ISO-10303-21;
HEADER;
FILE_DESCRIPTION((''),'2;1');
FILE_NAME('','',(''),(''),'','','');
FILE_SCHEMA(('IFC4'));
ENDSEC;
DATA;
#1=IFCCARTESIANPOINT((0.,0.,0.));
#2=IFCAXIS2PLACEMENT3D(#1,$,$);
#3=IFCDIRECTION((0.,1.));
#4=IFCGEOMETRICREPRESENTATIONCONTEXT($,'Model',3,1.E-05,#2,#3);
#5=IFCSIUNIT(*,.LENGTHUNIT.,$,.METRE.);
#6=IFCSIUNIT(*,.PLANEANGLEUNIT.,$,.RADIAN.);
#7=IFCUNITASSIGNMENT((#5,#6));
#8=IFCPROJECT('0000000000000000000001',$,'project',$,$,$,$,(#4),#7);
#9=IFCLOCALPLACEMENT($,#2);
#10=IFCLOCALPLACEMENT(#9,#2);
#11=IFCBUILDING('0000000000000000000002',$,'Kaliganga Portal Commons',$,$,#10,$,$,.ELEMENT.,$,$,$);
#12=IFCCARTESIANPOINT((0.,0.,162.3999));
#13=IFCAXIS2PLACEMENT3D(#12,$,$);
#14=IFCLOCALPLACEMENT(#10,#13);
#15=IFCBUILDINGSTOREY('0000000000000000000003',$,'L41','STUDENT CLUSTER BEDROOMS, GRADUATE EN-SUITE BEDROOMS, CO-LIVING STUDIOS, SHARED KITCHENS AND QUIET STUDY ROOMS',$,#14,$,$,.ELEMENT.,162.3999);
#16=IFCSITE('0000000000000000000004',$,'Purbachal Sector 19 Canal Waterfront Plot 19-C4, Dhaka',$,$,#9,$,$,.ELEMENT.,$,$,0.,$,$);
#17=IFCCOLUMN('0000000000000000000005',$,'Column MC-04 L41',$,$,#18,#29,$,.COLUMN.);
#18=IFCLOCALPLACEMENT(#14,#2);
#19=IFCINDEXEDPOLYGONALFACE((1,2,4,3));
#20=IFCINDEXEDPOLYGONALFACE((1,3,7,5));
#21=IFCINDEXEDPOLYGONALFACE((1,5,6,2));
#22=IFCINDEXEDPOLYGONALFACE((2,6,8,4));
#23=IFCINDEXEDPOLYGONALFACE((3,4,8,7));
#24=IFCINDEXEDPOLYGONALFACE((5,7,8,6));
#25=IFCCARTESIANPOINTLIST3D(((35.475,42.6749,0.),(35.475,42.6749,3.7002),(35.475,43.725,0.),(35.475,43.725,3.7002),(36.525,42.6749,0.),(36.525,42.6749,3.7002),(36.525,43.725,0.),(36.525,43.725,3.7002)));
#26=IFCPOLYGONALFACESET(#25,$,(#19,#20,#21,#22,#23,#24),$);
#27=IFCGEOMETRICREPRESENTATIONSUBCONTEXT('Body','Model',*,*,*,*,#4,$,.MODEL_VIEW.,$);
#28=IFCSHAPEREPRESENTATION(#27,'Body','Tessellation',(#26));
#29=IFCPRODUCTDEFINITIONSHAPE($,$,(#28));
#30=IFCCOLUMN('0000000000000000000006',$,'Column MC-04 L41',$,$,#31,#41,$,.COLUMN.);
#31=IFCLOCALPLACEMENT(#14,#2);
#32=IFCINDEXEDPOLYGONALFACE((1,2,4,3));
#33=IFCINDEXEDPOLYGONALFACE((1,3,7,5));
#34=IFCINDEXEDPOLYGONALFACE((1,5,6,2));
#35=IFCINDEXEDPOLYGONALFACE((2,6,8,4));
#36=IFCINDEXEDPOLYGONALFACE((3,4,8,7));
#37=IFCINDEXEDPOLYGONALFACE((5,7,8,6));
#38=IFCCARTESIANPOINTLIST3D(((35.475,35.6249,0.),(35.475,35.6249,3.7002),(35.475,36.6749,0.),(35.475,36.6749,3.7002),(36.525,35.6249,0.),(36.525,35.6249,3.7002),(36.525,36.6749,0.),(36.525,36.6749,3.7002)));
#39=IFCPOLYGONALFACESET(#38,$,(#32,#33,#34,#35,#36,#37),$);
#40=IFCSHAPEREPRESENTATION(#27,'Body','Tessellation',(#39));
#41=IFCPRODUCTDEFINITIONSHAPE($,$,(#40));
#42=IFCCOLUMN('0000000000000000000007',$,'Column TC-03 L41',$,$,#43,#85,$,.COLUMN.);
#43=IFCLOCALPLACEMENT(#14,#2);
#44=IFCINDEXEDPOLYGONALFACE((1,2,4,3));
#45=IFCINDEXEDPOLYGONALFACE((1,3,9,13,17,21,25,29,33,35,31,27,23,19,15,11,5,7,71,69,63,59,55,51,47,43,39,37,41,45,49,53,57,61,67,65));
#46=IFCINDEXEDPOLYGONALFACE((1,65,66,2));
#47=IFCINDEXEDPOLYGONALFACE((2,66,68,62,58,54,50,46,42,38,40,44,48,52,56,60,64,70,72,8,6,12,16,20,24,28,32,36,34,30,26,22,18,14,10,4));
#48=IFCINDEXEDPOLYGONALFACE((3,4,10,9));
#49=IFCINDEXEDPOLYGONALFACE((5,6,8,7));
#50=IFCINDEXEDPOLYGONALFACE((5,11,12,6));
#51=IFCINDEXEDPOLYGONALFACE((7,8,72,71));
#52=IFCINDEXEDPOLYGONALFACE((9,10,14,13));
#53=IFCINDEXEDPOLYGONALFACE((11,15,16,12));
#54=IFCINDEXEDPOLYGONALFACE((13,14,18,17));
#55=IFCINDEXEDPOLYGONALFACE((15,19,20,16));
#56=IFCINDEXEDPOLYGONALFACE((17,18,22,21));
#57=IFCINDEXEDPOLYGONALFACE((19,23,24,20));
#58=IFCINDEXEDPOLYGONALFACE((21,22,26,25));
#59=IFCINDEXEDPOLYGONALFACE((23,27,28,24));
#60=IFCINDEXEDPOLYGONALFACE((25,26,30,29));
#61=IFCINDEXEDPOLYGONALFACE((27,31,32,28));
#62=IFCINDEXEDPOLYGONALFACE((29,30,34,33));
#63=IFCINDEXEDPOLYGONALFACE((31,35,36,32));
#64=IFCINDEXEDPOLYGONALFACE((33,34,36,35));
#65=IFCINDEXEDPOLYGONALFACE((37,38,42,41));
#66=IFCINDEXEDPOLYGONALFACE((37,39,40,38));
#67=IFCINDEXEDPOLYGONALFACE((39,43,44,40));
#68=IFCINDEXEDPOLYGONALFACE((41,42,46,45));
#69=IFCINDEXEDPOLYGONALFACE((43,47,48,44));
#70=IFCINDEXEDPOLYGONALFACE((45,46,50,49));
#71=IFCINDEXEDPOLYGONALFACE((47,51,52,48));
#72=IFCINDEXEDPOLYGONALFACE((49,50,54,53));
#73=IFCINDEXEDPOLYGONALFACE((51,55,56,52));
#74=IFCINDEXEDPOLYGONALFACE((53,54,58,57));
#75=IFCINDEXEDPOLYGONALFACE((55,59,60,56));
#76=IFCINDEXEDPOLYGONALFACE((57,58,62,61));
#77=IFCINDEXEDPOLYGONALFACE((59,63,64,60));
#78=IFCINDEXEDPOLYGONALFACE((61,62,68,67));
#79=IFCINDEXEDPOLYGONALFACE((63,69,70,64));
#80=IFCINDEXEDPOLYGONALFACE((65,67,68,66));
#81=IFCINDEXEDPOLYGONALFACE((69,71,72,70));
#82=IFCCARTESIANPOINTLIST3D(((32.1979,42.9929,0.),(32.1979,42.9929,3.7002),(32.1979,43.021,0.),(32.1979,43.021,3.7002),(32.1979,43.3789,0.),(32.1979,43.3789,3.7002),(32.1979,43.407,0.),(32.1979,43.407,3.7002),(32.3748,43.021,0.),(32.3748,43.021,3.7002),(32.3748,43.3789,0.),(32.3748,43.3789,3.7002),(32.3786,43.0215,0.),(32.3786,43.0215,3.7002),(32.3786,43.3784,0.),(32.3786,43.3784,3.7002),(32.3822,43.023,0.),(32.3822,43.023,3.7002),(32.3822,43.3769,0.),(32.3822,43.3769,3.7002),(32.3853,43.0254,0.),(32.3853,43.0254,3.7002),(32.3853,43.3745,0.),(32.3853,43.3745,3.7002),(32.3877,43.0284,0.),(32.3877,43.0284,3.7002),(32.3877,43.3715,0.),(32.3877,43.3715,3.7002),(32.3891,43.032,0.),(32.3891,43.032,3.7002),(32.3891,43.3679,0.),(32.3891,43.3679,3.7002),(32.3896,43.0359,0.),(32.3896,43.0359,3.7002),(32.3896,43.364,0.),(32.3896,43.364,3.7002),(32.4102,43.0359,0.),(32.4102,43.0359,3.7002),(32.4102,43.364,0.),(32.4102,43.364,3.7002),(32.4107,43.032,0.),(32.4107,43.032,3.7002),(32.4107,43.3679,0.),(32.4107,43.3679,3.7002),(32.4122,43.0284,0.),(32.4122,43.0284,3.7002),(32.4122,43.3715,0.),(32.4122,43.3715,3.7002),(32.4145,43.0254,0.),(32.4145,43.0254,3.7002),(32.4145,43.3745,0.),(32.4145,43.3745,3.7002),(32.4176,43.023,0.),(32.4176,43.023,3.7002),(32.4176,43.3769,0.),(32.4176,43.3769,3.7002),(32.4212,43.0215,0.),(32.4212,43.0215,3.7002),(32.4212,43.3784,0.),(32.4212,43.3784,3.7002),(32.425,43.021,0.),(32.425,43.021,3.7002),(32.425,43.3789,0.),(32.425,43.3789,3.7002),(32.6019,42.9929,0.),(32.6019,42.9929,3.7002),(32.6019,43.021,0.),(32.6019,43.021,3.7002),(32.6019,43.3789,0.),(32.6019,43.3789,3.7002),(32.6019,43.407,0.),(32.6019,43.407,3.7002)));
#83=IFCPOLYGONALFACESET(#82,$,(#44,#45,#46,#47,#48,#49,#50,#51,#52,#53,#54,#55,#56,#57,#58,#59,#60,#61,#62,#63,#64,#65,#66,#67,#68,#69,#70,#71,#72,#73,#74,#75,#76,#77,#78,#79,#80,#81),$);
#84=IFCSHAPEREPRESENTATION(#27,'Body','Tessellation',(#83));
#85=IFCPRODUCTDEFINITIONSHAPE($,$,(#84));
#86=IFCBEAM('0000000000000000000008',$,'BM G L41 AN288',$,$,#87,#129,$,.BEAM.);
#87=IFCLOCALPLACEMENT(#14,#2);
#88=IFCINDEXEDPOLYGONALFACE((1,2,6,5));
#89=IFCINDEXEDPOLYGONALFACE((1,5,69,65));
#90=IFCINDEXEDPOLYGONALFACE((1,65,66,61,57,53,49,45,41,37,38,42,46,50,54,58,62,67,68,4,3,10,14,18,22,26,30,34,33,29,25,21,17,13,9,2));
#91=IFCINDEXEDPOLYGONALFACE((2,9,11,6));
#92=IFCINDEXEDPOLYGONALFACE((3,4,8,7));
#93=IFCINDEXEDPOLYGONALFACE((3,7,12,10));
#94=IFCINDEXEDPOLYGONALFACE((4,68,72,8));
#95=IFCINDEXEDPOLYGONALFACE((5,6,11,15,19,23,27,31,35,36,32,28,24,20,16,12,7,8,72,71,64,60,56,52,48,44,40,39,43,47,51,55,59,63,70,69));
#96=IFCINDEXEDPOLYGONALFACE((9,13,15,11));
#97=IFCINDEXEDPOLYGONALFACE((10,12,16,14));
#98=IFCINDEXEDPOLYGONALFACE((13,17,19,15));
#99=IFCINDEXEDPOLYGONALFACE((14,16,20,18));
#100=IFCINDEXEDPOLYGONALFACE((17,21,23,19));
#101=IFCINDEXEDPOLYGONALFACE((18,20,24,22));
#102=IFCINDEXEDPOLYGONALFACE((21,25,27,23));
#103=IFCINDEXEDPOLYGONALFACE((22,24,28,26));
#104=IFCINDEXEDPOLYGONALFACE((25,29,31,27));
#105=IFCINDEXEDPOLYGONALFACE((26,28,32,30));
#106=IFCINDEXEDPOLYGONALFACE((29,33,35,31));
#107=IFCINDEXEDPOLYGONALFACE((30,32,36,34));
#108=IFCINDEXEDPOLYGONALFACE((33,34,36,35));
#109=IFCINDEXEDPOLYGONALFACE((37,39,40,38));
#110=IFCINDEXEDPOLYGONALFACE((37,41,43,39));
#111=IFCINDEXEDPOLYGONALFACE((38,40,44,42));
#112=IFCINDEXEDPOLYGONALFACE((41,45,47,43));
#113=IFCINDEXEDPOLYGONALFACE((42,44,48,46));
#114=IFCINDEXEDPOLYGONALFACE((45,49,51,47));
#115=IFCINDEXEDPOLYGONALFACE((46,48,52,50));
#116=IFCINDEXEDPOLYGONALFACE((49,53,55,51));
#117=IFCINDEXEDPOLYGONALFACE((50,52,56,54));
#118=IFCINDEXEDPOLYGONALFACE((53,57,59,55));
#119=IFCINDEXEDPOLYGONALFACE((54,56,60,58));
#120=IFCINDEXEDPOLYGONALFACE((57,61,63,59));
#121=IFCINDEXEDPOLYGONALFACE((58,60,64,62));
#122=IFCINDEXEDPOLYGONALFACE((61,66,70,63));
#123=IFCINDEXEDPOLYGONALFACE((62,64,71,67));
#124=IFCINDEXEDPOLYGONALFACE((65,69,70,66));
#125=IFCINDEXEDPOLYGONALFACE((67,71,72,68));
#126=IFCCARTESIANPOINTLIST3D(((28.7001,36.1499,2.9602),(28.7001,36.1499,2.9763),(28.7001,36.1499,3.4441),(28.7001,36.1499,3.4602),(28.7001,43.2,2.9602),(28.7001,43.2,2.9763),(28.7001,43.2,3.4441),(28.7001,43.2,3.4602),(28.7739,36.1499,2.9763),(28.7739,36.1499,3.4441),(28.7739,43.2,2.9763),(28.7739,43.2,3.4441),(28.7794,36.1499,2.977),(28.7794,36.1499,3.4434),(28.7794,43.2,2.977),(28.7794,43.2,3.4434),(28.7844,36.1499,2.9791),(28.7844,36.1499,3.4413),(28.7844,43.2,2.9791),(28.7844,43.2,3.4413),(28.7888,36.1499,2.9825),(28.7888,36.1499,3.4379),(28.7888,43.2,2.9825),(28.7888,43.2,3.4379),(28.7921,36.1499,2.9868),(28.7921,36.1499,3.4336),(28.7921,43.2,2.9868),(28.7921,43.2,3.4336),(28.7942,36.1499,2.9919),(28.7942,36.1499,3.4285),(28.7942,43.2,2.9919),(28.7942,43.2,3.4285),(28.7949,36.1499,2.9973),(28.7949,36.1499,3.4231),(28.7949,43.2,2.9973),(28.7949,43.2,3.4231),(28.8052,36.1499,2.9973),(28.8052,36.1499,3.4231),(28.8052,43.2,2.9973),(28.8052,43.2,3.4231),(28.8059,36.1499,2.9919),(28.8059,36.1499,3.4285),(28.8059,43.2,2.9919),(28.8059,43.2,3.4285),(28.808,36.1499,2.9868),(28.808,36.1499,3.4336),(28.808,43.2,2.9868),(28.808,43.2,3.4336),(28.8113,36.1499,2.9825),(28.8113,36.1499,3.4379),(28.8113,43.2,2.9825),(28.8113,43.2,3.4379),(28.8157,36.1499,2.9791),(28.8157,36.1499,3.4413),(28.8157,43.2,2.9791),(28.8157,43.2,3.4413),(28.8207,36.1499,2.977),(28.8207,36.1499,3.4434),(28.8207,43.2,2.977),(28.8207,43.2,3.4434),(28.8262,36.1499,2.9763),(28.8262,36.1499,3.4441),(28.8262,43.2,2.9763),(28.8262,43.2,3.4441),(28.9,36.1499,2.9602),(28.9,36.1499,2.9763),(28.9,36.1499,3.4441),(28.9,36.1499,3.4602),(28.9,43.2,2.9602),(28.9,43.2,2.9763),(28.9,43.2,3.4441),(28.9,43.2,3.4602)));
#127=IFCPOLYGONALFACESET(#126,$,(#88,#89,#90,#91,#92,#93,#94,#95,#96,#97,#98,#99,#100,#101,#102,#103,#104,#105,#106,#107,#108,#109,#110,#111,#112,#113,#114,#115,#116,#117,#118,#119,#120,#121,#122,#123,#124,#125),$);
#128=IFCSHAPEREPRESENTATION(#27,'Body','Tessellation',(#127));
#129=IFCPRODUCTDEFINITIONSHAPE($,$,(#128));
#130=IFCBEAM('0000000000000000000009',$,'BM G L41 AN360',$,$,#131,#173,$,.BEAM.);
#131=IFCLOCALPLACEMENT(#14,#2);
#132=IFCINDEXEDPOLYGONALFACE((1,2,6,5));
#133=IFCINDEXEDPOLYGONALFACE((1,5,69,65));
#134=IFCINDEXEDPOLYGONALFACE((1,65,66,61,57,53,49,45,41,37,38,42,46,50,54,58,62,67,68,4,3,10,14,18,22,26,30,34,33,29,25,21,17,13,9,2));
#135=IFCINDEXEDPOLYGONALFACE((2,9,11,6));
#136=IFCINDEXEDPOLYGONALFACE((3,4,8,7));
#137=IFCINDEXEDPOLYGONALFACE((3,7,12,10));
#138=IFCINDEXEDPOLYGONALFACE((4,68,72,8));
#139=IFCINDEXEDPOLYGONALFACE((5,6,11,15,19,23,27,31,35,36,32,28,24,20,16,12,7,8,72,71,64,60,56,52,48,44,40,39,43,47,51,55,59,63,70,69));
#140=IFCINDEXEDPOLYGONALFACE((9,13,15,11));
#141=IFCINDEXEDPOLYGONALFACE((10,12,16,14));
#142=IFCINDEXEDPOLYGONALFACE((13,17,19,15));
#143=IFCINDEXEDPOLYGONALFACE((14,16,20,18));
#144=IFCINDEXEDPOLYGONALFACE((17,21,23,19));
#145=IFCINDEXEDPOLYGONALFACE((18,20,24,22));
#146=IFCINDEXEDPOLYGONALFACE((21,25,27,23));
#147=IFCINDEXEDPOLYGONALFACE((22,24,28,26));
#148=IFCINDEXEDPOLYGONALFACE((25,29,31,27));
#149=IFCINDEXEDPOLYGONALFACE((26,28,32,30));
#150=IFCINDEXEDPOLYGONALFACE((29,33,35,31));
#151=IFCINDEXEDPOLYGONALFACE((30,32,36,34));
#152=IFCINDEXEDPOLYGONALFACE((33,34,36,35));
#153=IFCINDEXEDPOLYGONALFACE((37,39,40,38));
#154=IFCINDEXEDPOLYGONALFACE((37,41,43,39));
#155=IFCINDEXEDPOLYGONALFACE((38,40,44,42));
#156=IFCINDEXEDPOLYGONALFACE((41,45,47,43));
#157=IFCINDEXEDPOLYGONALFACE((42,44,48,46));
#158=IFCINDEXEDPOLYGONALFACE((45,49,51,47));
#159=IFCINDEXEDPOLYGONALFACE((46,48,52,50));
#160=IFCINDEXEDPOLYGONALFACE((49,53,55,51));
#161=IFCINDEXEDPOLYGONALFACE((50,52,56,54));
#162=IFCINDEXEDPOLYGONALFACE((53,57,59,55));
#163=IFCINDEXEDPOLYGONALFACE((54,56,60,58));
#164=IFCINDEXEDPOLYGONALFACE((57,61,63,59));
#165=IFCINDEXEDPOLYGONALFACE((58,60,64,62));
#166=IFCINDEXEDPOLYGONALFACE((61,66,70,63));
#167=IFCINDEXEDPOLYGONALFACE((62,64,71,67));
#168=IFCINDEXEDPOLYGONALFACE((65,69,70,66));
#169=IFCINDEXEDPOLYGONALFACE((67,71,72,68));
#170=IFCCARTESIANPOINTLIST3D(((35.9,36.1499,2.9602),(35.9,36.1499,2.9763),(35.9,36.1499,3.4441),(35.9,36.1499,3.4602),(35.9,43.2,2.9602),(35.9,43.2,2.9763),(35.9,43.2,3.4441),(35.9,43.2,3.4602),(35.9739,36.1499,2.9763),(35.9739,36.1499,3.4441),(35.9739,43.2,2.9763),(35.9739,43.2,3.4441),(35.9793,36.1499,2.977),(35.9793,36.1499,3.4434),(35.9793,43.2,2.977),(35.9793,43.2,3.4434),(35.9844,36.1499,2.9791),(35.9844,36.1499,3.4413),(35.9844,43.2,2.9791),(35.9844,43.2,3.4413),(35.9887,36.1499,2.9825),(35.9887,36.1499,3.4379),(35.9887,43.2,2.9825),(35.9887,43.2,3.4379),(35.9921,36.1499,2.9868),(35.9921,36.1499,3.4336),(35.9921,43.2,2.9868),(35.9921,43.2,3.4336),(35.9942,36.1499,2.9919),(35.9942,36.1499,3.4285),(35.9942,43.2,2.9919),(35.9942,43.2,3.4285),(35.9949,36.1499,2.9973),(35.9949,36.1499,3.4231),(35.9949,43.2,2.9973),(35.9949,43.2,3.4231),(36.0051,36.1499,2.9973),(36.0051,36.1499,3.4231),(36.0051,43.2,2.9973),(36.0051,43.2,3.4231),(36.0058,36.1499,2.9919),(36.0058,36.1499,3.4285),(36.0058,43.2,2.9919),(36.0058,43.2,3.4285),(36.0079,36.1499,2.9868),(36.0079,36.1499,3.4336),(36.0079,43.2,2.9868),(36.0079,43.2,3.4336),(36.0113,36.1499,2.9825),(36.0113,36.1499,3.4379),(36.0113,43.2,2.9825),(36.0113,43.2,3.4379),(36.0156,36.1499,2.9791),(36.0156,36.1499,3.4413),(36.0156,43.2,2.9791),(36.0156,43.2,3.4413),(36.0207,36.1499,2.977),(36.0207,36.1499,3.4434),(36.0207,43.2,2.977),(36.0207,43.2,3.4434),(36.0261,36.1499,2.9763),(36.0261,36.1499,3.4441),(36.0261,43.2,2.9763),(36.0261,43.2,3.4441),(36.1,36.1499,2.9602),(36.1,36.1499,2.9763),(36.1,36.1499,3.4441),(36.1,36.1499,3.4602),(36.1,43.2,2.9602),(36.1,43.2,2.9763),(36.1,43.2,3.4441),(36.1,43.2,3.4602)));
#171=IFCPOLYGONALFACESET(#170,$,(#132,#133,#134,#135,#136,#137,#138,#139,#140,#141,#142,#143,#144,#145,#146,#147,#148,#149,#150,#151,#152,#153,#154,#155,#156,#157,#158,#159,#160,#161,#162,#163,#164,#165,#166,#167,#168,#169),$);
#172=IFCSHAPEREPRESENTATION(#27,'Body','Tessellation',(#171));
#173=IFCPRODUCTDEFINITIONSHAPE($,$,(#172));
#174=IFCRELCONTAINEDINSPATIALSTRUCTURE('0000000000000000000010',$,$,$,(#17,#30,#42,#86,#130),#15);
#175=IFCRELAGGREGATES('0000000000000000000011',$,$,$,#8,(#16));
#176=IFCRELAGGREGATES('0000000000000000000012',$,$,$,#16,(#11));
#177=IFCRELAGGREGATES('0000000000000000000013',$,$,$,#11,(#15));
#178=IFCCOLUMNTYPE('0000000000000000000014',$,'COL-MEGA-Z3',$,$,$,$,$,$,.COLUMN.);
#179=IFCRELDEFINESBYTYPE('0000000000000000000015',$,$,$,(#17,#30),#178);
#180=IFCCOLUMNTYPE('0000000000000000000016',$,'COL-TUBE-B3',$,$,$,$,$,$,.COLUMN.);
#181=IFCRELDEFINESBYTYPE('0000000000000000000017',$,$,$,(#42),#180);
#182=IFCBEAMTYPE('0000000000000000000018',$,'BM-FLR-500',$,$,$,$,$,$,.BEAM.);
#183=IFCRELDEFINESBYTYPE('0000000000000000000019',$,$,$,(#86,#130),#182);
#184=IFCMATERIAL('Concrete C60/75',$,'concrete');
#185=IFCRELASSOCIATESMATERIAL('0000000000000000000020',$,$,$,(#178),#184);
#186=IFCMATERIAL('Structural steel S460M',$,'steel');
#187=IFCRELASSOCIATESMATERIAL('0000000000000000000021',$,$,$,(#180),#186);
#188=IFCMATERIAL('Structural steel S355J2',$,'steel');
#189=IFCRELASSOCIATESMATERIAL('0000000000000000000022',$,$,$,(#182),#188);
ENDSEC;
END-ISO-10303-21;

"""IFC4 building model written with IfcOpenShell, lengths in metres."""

from ifc_helpers import new_model, si_unit, direction, frame, origin, origin_2d, place, context, subcontext, project, spatial, rectangle, i_section, extrude, source, transform, mapped, material, material_profile, profile_set, type_object, element, save


model = new_model("IFC4")

# Units and contexts
model_context = context("Model", 3, precision=1e-05, world=origin(), true_north=direction((0.0, 1.0)))
body_context = subcontext(model_context, "Body", "Model", "MODEL_VIEW")
ifc_project = project(units=[si_unit("LENGTHUNIT", "METRE"), si_unit("PLANEANGLEUNIT", "RADIAN")], contexts=[model_context])

# Site, building, storey
site_placement = place(None, origin())
site = spatial("IfcSite", under=ifc_project, at=site_placement, Name="Purbachal Sector 19 Canal Waterfront Plot 19-C4, Dhaka", CompositionType="ELEMENT", RefElevation=0.0)
building_placement = place(site_placement, origin())
building = spatial("IfcBuilding", under=site, at=building_placement, Name="Kaliganga Portal Commons", CompositionType="ELEMENT")
storey_placement = place(building_placement, frame((0.0, 0.0, 162.3999)))
storey = spatial("IfcBuildingStorey", under=building, at=storey_placement, Name="L41", Description="STUDENT CLUSTER BEDROOMS, GRADUATE EN-SUITE BEDROOMS, CO-LIVING STUDIOS, SHARED KITCHENS AND QUIET STUDY ROOMS", CompositionType="ELEMENT", Elevation=162.3999)

# Columns
ifc_material_1 = material(Name="Concrete C60/75", Category="concrete")
ifc_material_profile_1 = material_profile(ifc_material_1, rectangle(XDim=1.05, YDim=1.05, at=origin_2d()), Name="RC 1050x1050")
ifc_profile_set_1 = profile_set([ifc_material_profile_1], Name="Concrete C60/75")
column_type_1 = type_object("IfcColumnType", Name="COL-MEGA-Z3", PredefinedType="COLUMN", material=ifc_profile_set_1)
shared_shape_1 = source(origin(), body_context, "Body", "SweptSolid", [
    extrude(rectangle(XDim=1.05, YDim=1.05, at=origin_2d()), origin(), (0.0, 0.0, 1.0), 3.7002),
])
for number, where, z_axis, x_axis, name in (
    (1, (36.0, 43.2, 0.0), (0.0, 0.0, 1.0), (1.0, 0.0, 0.0), "Column MC-04 L41"),
    (2, (36.0, 36.1499, 0.0), (0.0, 0.0, 1.0), (1.0, 0.0, 0.0), "Column MC-04 L41"),
):
    element("IfcColumn", number, at=place(storey_placement, frame(where, z_axis=z_axis, x_axis=x_axis)), inside=storey, type_object=column_type_1, Name=name, PredefinedType="COLUMN", context=body_context, shape_type="MappedRepresentation", body=[
        mapped(shared_shape_1, transform((0.0, 0.0, 0.0), x_axis=(1.0, 0.0, 0.0), y_axis=(0.0, 1.0, 0.0), z_axis=(0.0, 0.0, 1.0), scale=1.0)),
    ])
ifc_material_2 = material(Name="Structural steel S460M", Category="steel")
ifc_material_profile_2 = material_profile(ifc_material_2, i_section(OverallWidth=0.4041, OverallDepth=0.4141, WebThickness=0.0205, FlangeThickness=0.0281, FilletRadius=0.0149, at=origin_2d()), Name="HD 400x347")
ifc_profile_set_2 = profile_set([ifc_material_profile_2], Name="Structural steel S460M wide-flange")
column_type_2 = type_object("IfcColumnType", Name="COL-TUBE-B3", PredefinedType="COLUMN", material=ifc_profile_set_2)
shared_shape_2 = source(origin(), body_context, "Body", "SweptSolid", [
    extrude(i_section(OverallWidth=0.4041, OverallDepth=0.4141, WebThickness=0.0205, FlangeThickness=0.0281, FilletRadius=0.0149, at=origin_2d()), origin(), (0.0, 0.0, 1.0), 3.7002),
])
column_placement = place(storey_placement, frame((32.3999, 43.2, 0.0), z_axis=(0.0, 0.0, 1.0), x_axis=(1.0, 0.0, 0.0)))
element("IfcColumn", 3, at=column_placement, inside=storey, type_object=column_type_2, Name="Column TC-03 L41", PredefinedType="COLUMN", context=body_context, shape_type="MappedRepresentation", body=[
    mapped(shared_shape_2, transform((0.0, 0.0, 0.0), x_axis=(1.0, 0.0, 0.0), y_axis=(0.0, 1.0, 0.0), z_axis=(0.0, 0.0, 1.0), scale=1.0)),
])

# Beams
ifc_material_3 = material(Name="Structural steel S355J2", Category="steel")
ifc_material_profile_3 = material_profile(ifc_material_3, i_section(OverallWidth=0.2, OverallDepth=0.5, WebThickness=0.0103, FlangeThickness=0.0161, FilletRadius=0.021, at=origin_2d()), Name="IPE 500")
ifc_profile_set_3 = profile_set([ifc_material_profile_3], Name="Structural steel S355J2 wide-flange")
beam_type_1 = type_object("IfcBeamType", Name="BM-FLR-500", PredefinedType="BEAM", material=ifc_profile_set_3)
shared_shape_3 = source(origin(), body_context, "Body", "SweptSolid", [
    extrude(i_section(OverallWidth=0.2, OverallDepth=0.5, WebThickness=0.0103, FlangeThickness=0.0161, FilletRadius=0.021, at=origin_2d()), origin(), (0.0, 0.0, 1.0), 7.05),
])
for number, where, z_axis, x_axis, name in (
    (4, (28.8, 36.1499, 3.2102), (0.0, 1.0, 0.0), (-1.0, 0.0, 0.0), "BM G L41 AN288"),
    (5, (36.0, 36.1499, 3.2102), (0.0, 1.0, 0.0), (-1.0, 0.0, 0.0), "BM G L41 AN360"),
):
    element("IfcBeam", number, at=place(storey_placement, frame(where, z_axis=z_axis, x_axis=x_axis)), inside=storey, type_object=beam_type_1, Name=name, PredefinedType="BEAM", context=body_context, shape_type="MappedRepresentation", body=[
        mapped(shared_shape_3, transform((0.0, 0.0, 0.0), x_axis=(1.0, 0.0, 0.0), y_axis=(0.0, 1.0, 0.0), z_axis=(0.0, 0.0, 1.0), scale=1.0)),
    ])

save(model, "model.ifc")
